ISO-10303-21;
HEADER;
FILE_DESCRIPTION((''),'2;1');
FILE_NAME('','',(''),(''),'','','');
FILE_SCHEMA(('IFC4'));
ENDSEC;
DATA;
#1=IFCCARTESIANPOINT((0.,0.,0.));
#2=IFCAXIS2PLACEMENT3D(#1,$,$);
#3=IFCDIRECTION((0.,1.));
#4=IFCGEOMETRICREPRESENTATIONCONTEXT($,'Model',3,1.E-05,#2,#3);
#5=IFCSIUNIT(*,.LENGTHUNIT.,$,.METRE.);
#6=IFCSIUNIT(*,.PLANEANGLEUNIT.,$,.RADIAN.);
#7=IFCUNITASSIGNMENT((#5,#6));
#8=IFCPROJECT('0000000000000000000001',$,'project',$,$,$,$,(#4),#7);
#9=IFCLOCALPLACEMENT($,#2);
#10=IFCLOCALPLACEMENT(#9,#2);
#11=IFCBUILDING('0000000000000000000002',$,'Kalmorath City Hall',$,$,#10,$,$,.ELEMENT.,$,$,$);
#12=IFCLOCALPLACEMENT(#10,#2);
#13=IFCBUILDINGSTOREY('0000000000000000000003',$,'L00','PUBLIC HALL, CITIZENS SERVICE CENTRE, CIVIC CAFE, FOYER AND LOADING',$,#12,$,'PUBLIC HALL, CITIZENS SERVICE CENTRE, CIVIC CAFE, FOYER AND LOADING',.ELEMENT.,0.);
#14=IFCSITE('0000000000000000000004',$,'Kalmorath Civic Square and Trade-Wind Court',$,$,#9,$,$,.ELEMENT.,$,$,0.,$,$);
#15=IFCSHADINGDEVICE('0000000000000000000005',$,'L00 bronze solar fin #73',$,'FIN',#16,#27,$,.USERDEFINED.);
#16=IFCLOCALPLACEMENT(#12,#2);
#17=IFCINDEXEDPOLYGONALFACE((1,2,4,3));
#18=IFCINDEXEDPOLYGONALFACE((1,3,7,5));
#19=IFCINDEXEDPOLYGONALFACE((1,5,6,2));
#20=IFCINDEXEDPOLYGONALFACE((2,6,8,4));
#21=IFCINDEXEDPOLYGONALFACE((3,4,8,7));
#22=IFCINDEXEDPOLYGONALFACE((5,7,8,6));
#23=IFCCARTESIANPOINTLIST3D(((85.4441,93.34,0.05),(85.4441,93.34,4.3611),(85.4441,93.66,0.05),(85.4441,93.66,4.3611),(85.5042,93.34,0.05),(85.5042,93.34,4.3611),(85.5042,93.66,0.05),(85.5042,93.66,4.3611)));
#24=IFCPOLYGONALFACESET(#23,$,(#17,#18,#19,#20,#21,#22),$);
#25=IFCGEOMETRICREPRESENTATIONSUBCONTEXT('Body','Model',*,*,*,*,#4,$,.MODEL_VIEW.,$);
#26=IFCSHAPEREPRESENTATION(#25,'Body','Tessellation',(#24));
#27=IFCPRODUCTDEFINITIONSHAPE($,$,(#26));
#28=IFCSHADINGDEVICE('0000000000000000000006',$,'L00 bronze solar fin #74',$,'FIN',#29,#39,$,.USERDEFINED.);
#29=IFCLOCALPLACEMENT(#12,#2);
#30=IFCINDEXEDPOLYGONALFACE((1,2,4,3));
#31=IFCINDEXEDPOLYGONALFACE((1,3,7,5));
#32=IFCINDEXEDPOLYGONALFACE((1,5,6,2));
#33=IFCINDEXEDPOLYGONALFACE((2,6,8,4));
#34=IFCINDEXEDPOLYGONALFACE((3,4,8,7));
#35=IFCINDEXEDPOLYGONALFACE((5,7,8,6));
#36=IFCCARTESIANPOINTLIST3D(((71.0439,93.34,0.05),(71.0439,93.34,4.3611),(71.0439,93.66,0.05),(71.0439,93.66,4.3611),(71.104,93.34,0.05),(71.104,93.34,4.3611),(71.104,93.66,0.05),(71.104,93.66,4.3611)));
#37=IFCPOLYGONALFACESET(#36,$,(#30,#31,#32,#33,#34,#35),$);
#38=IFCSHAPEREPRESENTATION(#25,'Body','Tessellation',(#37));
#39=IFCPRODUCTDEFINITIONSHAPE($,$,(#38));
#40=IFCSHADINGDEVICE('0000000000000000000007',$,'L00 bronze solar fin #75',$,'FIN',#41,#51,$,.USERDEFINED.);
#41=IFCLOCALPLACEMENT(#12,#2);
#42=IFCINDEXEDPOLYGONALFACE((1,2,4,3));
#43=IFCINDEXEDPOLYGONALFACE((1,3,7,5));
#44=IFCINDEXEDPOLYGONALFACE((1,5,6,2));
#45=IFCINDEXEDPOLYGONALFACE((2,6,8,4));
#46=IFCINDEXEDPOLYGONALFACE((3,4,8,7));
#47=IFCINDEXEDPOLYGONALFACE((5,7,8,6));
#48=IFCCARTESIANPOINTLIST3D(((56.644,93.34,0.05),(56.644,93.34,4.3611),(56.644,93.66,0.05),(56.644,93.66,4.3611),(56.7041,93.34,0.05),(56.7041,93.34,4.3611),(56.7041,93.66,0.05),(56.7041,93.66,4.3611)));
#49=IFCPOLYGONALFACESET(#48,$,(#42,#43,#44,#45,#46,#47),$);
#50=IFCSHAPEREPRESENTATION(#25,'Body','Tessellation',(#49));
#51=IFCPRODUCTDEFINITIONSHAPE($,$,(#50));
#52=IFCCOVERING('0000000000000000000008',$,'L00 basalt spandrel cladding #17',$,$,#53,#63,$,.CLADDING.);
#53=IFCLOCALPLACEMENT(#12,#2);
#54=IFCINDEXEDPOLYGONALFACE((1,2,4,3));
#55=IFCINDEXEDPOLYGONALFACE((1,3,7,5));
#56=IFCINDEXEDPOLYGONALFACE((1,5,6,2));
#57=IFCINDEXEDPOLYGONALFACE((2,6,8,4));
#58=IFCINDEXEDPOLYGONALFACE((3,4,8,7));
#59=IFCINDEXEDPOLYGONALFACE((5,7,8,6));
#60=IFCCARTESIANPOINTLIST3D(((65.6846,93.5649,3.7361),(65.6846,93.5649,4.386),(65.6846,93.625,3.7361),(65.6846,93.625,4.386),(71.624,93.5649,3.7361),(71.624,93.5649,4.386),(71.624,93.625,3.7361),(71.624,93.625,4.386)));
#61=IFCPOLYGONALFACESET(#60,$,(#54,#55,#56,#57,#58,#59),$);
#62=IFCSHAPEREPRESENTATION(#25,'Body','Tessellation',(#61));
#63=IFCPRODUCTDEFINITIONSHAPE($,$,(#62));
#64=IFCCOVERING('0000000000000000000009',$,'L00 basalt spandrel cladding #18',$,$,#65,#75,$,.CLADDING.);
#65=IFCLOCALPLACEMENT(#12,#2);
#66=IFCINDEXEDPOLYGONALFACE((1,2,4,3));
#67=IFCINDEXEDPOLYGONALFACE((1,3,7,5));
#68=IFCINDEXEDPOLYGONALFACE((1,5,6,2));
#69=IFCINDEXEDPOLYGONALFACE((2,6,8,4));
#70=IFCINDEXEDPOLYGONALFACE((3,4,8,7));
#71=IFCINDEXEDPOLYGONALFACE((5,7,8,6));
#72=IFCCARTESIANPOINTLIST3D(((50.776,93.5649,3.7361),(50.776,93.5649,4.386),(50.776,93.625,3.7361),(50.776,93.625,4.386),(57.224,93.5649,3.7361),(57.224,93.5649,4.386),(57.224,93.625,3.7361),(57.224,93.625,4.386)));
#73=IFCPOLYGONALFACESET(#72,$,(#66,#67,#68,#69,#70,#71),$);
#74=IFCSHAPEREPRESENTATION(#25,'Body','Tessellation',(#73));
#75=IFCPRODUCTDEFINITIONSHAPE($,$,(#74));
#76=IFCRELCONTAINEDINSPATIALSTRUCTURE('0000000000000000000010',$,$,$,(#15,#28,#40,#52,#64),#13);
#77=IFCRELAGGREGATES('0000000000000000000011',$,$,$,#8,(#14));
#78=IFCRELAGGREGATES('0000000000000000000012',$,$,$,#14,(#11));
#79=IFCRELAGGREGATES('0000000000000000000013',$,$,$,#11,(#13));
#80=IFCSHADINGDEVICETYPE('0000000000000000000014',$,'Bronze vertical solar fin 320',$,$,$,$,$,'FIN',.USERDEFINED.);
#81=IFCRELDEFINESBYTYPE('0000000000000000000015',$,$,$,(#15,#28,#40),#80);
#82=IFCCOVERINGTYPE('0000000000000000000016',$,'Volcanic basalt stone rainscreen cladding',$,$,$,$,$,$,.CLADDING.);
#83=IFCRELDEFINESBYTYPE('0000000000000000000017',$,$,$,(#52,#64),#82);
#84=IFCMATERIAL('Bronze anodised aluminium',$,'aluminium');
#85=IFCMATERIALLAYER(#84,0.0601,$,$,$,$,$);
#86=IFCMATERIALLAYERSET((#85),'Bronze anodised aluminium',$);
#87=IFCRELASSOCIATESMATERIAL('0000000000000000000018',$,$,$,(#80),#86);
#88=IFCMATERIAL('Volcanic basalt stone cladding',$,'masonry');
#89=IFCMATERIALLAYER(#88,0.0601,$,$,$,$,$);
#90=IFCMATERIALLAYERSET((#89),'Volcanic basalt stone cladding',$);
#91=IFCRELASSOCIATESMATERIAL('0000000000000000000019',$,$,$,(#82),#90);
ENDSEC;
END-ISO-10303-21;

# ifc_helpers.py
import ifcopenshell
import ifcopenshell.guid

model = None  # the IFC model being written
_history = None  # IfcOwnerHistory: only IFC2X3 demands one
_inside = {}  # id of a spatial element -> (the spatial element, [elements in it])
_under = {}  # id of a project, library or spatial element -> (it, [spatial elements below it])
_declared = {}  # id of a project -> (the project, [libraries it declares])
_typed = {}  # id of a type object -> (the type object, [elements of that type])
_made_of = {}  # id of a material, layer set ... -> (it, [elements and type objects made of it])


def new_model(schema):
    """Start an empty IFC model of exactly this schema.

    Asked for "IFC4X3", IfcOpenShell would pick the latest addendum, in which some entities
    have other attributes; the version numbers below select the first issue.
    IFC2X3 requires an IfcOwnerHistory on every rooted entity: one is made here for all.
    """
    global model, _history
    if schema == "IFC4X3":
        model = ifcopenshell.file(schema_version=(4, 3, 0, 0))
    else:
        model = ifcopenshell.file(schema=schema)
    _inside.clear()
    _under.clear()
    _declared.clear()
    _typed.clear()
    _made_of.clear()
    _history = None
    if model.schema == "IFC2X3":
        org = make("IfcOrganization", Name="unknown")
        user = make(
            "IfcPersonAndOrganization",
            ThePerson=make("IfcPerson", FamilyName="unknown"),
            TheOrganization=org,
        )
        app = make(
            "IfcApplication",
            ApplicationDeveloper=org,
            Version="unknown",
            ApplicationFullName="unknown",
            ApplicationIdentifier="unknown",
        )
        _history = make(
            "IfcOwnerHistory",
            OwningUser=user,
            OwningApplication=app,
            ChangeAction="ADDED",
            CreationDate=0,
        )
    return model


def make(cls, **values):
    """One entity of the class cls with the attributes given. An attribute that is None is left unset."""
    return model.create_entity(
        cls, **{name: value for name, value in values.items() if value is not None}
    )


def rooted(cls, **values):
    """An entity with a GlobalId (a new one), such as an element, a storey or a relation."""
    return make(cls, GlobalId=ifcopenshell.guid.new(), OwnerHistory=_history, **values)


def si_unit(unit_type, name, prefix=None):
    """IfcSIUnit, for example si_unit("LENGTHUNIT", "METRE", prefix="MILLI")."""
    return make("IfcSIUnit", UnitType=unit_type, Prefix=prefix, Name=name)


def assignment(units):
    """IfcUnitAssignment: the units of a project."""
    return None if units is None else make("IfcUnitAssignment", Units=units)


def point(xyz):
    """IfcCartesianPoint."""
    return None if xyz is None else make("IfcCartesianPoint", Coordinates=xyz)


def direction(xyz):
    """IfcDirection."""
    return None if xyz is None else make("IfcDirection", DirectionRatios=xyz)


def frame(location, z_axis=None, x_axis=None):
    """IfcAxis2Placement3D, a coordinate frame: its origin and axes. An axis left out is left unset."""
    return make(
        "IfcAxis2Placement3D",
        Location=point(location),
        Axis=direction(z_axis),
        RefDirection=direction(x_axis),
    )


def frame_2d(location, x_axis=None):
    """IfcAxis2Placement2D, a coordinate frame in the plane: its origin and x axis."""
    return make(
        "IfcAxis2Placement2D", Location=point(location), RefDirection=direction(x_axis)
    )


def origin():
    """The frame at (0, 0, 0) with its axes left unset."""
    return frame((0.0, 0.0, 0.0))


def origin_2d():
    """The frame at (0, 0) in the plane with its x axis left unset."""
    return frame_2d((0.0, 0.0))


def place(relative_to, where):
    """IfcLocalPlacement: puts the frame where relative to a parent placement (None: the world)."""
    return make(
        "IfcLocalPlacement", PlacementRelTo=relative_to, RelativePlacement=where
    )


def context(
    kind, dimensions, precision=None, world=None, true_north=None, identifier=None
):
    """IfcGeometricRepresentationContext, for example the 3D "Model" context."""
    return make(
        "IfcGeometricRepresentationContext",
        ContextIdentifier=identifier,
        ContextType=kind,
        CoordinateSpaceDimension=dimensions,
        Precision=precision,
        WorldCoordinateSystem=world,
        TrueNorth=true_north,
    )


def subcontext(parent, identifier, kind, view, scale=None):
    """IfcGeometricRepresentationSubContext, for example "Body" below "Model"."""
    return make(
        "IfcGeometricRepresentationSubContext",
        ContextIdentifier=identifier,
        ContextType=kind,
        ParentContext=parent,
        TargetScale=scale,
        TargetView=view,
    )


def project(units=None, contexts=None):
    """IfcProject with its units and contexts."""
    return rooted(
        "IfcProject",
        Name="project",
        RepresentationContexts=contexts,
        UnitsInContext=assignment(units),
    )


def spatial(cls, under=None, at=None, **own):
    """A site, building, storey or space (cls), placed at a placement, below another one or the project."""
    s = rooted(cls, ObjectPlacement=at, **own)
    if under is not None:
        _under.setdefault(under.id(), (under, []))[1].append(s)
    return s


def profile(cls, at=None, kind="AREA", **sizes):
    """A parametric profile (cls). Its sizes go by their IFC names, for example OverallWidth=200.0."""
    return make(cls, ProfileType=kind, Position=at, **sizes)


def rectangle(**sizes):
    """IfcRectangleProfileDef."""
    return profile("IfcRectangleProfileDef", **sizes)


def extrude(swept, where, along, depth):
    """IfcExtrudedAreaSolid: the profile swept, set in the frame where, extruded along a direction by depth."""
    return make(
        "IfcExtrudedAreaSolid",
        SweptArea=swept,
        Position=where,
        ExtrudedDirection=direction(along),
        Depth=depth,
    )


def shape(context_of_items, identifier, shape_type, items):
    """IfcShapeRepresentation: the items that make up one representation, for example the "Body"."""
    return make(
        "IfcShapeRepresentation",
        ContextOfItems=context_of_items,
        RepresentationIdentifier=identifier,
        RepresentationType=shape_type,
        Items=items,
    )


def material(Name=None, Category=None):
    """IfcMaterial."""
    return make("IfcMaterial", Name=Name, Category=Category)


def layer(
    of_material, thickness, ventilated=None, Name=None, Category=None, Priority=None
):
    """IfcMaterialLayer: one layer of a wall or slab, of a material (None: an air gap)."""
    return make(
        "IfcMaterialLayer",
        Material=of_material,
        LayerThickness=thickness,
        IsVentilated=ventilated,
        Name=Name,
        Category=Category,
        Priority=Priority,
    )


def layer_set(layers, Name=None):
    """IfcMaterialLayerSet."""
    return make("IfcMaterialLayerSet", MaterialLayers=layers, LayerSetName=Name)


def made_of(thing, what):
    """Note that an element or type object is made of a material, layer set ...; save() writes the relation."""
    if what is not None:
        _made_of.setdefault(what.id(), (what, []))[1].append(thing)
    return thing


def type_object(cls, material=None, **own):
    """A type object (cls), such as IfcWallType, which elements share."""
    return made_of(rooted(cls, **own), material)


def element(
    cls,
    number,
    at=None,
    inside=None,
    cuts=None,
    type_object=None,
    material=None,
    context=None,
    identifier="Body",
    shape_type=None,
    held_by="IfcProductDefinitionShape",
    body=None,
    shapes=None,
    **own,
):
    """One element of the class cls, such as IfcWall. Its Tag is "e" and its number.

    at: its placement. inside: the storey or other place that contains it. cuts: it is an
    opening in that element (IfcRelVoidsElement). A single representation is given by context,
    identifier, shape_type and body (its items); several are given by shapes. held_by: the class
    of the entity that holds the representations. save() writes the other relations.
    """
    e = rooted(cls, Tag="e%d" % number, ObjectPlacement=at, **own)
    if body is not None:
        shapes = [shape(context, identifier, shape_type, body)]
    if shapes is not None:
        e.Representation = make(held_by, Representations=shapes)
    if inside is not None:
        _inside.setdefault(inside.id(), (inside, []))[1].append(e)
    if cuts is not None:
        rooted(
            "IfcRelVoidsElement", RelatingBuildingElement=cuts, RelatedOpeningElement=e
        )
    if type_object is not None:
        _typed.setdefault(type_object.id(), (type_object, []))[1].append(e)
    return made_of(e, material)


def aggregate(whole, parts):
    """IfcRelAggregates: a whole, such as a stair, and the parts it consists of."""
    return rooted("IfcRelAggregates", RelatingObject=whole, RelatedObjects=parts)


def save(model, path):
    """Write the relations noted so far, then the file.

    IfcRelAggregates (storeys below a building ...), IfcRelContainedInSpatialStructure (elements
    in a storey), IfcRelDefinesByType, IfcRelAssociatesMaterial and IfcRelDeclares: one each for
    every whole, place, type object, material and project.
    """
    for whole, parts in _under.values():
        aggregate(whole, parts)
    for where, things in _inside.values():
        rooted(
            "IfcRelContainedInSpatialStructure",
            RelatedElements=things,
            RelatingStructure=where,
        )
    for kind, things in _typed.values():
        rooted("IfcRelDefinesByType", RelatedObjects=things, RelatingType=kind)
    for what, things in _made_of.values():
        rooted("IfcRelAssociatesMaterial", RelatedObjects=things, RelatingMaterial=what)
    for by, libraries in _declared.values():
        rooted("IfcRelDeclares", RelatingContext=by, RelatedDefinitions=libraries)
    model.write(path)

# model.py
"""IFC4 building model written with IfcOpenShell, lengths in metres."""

from ifc_helpers import new_model, si_unit, direction, frame, origin, origin_2d, place, context, subcontext, project, spatial, rectangle, extrude, material, layer, layer_set, type_object, element, save


model = new_model("IFC4")

# Units and contexts
model_context = context("Model", 3, precision=1e-05, world=origin(), true_north=direction((0.0, 1.0)))
body_context = subcontext(model_context, "Body", "Model", "MODEL_VIEW")
ifc_project = project(units=[si_unit("LENGTHUNIT", "METRE"), si_unit("PLANEANGLEUNIT", "RADIAN")], contexts=[model_context])

# Site, building, storey
site_placement = place(None, origin())
site = spatial("IfcSite", under=ifc_project, at=site_placement, Name="Kalmorath Civic Square and Trade-Wind Court", CompositionType="ELEMENT", RefElevation=0.0)
building_placement = place(site_placement, origin())
building = spatial("IfcBuilding", under=site, at=building_placement, Name="Kalmorath City Hall", CompositionType="ELEMENT")
storey_placement = place(building_placement, origin())
storey = spatial("IfcBuildingStorey", under=building, at=storey_placement, Name="L00", Description="PUBLIC HALL, CITIZENS SERVICE CENTRE, CIVIC CAFE, FOYER AND LOADING", LongName="PUBLIC HALL, CITIZENS SERVICE CENTRE, CIVIC CAFE, FOYER AND LOADING", CompositionType="ELEMENT", Elevation=0.0)

# Shading devices
ifc_material_1 = material(Name="Bronze anodised aluminium", Category="aluminium")
ifc_layer_1 = layer(ifc_material_1, 0.0601)
ifc_layer_set_1 = layer_set([ifc_layer_1], Name="Bronze anodised aluminium")
shading_device_type = type_object("IfcShadingDeviceType", Name="Bronze vertical solar fin 320", ElementType="FIN", PredefinedType="USERDEFINED", material=ifc_layer_set_1)
for number, where, z_axis, x_axis, name in (
    (1, (85.4741, 93.5, 0.05), (0.0, 0.0, 1.0), (-1.0, 0.0, 0.0), "L00 bronze solar fin #73"),
    (2, (71.074, 93.5, 0.05), (0.0, 0.0, 1.0), (-1.0, 0.0, 0.0), "L00 bronze solar fin #74"),
    (3, (56.6741, 93.5, 0.05), (0.0, 0.0, 1.0), (-1.0, 0.0, 0.0), "L00 bronze solar fin #75"),
):
    element("IfcShadingDevice", number, at=place(storey_placement, frame(where, z_axis=z_axis, x_axis=x_axis)), inside=storey, type_object=shading_device_type, Name=name, ObjectType="FIN", PredefinedType="USERDEFINED", context=body_context, shape_type="SweptSolid", body=[
        extrude(rectangle(XDim=0.0601, YDim=0.3201, at=origin_2d()), origin(), (0.0, 0.0, 1.0), 4.311),
    ])

# Coverings
ifc_material_2 = material(Name="Volcanic basalt stone cladding", Category="masonry")
ifc_layer_2 = layer(ifc_material_2, 0.0601)
ifc_layer_set_2 = layer_set([ifc_layer_2], Name="Volcanic basalt stone cladding")
covering_type = type_object("IfcCoveringType", Name="Volcanic basalt stone rainscreen cladding", PredefinedType="CLADDING", material=ifc_layer_set_2)
covering_1_placement = place(storey_placement, frame((68.6543, 93.595, 3.7361), z_axis=(0.0, 0.0, 1.0), x_axis=(-1.0, 0.0, 0.0)))
element("IfcCovering", 4, at=covering_1_placement, inside=storey, type_object=covering_type, Name="L00 basalt spandrel cladding #17", PredefinedType="CLADDING", context=body_context, shape_type="SweptSolid", body=[
    extrude(rectangle(XDim=5.9395, YDim=0.0601, at=origin_2d()), origin(), (0.0, 0.0, 1.0), 0.6499),
])
covering_2_placement = place(storey_placement, frame((54.0, 93.595, 3.7361), z_axis=(0.0, 0.0, 1.0), x_axis=(-1.0, 0.0, 0.0)))
element("IfcCovering", 5, at=covering_2_placement, inside=storey, type_object=covering_type, Name="L00 basalt spandrel cladding #18", PredefinedType="CLADDING", context=body_context, shape_type="SweptSolid", body=[
    extrude(rectangle(XDim=6.448, YDim=0.0601, at=origin_2d()), origin(), (0.0, 0.0, 1.0), 0.6499),
])

save(model, "model.ifc")
